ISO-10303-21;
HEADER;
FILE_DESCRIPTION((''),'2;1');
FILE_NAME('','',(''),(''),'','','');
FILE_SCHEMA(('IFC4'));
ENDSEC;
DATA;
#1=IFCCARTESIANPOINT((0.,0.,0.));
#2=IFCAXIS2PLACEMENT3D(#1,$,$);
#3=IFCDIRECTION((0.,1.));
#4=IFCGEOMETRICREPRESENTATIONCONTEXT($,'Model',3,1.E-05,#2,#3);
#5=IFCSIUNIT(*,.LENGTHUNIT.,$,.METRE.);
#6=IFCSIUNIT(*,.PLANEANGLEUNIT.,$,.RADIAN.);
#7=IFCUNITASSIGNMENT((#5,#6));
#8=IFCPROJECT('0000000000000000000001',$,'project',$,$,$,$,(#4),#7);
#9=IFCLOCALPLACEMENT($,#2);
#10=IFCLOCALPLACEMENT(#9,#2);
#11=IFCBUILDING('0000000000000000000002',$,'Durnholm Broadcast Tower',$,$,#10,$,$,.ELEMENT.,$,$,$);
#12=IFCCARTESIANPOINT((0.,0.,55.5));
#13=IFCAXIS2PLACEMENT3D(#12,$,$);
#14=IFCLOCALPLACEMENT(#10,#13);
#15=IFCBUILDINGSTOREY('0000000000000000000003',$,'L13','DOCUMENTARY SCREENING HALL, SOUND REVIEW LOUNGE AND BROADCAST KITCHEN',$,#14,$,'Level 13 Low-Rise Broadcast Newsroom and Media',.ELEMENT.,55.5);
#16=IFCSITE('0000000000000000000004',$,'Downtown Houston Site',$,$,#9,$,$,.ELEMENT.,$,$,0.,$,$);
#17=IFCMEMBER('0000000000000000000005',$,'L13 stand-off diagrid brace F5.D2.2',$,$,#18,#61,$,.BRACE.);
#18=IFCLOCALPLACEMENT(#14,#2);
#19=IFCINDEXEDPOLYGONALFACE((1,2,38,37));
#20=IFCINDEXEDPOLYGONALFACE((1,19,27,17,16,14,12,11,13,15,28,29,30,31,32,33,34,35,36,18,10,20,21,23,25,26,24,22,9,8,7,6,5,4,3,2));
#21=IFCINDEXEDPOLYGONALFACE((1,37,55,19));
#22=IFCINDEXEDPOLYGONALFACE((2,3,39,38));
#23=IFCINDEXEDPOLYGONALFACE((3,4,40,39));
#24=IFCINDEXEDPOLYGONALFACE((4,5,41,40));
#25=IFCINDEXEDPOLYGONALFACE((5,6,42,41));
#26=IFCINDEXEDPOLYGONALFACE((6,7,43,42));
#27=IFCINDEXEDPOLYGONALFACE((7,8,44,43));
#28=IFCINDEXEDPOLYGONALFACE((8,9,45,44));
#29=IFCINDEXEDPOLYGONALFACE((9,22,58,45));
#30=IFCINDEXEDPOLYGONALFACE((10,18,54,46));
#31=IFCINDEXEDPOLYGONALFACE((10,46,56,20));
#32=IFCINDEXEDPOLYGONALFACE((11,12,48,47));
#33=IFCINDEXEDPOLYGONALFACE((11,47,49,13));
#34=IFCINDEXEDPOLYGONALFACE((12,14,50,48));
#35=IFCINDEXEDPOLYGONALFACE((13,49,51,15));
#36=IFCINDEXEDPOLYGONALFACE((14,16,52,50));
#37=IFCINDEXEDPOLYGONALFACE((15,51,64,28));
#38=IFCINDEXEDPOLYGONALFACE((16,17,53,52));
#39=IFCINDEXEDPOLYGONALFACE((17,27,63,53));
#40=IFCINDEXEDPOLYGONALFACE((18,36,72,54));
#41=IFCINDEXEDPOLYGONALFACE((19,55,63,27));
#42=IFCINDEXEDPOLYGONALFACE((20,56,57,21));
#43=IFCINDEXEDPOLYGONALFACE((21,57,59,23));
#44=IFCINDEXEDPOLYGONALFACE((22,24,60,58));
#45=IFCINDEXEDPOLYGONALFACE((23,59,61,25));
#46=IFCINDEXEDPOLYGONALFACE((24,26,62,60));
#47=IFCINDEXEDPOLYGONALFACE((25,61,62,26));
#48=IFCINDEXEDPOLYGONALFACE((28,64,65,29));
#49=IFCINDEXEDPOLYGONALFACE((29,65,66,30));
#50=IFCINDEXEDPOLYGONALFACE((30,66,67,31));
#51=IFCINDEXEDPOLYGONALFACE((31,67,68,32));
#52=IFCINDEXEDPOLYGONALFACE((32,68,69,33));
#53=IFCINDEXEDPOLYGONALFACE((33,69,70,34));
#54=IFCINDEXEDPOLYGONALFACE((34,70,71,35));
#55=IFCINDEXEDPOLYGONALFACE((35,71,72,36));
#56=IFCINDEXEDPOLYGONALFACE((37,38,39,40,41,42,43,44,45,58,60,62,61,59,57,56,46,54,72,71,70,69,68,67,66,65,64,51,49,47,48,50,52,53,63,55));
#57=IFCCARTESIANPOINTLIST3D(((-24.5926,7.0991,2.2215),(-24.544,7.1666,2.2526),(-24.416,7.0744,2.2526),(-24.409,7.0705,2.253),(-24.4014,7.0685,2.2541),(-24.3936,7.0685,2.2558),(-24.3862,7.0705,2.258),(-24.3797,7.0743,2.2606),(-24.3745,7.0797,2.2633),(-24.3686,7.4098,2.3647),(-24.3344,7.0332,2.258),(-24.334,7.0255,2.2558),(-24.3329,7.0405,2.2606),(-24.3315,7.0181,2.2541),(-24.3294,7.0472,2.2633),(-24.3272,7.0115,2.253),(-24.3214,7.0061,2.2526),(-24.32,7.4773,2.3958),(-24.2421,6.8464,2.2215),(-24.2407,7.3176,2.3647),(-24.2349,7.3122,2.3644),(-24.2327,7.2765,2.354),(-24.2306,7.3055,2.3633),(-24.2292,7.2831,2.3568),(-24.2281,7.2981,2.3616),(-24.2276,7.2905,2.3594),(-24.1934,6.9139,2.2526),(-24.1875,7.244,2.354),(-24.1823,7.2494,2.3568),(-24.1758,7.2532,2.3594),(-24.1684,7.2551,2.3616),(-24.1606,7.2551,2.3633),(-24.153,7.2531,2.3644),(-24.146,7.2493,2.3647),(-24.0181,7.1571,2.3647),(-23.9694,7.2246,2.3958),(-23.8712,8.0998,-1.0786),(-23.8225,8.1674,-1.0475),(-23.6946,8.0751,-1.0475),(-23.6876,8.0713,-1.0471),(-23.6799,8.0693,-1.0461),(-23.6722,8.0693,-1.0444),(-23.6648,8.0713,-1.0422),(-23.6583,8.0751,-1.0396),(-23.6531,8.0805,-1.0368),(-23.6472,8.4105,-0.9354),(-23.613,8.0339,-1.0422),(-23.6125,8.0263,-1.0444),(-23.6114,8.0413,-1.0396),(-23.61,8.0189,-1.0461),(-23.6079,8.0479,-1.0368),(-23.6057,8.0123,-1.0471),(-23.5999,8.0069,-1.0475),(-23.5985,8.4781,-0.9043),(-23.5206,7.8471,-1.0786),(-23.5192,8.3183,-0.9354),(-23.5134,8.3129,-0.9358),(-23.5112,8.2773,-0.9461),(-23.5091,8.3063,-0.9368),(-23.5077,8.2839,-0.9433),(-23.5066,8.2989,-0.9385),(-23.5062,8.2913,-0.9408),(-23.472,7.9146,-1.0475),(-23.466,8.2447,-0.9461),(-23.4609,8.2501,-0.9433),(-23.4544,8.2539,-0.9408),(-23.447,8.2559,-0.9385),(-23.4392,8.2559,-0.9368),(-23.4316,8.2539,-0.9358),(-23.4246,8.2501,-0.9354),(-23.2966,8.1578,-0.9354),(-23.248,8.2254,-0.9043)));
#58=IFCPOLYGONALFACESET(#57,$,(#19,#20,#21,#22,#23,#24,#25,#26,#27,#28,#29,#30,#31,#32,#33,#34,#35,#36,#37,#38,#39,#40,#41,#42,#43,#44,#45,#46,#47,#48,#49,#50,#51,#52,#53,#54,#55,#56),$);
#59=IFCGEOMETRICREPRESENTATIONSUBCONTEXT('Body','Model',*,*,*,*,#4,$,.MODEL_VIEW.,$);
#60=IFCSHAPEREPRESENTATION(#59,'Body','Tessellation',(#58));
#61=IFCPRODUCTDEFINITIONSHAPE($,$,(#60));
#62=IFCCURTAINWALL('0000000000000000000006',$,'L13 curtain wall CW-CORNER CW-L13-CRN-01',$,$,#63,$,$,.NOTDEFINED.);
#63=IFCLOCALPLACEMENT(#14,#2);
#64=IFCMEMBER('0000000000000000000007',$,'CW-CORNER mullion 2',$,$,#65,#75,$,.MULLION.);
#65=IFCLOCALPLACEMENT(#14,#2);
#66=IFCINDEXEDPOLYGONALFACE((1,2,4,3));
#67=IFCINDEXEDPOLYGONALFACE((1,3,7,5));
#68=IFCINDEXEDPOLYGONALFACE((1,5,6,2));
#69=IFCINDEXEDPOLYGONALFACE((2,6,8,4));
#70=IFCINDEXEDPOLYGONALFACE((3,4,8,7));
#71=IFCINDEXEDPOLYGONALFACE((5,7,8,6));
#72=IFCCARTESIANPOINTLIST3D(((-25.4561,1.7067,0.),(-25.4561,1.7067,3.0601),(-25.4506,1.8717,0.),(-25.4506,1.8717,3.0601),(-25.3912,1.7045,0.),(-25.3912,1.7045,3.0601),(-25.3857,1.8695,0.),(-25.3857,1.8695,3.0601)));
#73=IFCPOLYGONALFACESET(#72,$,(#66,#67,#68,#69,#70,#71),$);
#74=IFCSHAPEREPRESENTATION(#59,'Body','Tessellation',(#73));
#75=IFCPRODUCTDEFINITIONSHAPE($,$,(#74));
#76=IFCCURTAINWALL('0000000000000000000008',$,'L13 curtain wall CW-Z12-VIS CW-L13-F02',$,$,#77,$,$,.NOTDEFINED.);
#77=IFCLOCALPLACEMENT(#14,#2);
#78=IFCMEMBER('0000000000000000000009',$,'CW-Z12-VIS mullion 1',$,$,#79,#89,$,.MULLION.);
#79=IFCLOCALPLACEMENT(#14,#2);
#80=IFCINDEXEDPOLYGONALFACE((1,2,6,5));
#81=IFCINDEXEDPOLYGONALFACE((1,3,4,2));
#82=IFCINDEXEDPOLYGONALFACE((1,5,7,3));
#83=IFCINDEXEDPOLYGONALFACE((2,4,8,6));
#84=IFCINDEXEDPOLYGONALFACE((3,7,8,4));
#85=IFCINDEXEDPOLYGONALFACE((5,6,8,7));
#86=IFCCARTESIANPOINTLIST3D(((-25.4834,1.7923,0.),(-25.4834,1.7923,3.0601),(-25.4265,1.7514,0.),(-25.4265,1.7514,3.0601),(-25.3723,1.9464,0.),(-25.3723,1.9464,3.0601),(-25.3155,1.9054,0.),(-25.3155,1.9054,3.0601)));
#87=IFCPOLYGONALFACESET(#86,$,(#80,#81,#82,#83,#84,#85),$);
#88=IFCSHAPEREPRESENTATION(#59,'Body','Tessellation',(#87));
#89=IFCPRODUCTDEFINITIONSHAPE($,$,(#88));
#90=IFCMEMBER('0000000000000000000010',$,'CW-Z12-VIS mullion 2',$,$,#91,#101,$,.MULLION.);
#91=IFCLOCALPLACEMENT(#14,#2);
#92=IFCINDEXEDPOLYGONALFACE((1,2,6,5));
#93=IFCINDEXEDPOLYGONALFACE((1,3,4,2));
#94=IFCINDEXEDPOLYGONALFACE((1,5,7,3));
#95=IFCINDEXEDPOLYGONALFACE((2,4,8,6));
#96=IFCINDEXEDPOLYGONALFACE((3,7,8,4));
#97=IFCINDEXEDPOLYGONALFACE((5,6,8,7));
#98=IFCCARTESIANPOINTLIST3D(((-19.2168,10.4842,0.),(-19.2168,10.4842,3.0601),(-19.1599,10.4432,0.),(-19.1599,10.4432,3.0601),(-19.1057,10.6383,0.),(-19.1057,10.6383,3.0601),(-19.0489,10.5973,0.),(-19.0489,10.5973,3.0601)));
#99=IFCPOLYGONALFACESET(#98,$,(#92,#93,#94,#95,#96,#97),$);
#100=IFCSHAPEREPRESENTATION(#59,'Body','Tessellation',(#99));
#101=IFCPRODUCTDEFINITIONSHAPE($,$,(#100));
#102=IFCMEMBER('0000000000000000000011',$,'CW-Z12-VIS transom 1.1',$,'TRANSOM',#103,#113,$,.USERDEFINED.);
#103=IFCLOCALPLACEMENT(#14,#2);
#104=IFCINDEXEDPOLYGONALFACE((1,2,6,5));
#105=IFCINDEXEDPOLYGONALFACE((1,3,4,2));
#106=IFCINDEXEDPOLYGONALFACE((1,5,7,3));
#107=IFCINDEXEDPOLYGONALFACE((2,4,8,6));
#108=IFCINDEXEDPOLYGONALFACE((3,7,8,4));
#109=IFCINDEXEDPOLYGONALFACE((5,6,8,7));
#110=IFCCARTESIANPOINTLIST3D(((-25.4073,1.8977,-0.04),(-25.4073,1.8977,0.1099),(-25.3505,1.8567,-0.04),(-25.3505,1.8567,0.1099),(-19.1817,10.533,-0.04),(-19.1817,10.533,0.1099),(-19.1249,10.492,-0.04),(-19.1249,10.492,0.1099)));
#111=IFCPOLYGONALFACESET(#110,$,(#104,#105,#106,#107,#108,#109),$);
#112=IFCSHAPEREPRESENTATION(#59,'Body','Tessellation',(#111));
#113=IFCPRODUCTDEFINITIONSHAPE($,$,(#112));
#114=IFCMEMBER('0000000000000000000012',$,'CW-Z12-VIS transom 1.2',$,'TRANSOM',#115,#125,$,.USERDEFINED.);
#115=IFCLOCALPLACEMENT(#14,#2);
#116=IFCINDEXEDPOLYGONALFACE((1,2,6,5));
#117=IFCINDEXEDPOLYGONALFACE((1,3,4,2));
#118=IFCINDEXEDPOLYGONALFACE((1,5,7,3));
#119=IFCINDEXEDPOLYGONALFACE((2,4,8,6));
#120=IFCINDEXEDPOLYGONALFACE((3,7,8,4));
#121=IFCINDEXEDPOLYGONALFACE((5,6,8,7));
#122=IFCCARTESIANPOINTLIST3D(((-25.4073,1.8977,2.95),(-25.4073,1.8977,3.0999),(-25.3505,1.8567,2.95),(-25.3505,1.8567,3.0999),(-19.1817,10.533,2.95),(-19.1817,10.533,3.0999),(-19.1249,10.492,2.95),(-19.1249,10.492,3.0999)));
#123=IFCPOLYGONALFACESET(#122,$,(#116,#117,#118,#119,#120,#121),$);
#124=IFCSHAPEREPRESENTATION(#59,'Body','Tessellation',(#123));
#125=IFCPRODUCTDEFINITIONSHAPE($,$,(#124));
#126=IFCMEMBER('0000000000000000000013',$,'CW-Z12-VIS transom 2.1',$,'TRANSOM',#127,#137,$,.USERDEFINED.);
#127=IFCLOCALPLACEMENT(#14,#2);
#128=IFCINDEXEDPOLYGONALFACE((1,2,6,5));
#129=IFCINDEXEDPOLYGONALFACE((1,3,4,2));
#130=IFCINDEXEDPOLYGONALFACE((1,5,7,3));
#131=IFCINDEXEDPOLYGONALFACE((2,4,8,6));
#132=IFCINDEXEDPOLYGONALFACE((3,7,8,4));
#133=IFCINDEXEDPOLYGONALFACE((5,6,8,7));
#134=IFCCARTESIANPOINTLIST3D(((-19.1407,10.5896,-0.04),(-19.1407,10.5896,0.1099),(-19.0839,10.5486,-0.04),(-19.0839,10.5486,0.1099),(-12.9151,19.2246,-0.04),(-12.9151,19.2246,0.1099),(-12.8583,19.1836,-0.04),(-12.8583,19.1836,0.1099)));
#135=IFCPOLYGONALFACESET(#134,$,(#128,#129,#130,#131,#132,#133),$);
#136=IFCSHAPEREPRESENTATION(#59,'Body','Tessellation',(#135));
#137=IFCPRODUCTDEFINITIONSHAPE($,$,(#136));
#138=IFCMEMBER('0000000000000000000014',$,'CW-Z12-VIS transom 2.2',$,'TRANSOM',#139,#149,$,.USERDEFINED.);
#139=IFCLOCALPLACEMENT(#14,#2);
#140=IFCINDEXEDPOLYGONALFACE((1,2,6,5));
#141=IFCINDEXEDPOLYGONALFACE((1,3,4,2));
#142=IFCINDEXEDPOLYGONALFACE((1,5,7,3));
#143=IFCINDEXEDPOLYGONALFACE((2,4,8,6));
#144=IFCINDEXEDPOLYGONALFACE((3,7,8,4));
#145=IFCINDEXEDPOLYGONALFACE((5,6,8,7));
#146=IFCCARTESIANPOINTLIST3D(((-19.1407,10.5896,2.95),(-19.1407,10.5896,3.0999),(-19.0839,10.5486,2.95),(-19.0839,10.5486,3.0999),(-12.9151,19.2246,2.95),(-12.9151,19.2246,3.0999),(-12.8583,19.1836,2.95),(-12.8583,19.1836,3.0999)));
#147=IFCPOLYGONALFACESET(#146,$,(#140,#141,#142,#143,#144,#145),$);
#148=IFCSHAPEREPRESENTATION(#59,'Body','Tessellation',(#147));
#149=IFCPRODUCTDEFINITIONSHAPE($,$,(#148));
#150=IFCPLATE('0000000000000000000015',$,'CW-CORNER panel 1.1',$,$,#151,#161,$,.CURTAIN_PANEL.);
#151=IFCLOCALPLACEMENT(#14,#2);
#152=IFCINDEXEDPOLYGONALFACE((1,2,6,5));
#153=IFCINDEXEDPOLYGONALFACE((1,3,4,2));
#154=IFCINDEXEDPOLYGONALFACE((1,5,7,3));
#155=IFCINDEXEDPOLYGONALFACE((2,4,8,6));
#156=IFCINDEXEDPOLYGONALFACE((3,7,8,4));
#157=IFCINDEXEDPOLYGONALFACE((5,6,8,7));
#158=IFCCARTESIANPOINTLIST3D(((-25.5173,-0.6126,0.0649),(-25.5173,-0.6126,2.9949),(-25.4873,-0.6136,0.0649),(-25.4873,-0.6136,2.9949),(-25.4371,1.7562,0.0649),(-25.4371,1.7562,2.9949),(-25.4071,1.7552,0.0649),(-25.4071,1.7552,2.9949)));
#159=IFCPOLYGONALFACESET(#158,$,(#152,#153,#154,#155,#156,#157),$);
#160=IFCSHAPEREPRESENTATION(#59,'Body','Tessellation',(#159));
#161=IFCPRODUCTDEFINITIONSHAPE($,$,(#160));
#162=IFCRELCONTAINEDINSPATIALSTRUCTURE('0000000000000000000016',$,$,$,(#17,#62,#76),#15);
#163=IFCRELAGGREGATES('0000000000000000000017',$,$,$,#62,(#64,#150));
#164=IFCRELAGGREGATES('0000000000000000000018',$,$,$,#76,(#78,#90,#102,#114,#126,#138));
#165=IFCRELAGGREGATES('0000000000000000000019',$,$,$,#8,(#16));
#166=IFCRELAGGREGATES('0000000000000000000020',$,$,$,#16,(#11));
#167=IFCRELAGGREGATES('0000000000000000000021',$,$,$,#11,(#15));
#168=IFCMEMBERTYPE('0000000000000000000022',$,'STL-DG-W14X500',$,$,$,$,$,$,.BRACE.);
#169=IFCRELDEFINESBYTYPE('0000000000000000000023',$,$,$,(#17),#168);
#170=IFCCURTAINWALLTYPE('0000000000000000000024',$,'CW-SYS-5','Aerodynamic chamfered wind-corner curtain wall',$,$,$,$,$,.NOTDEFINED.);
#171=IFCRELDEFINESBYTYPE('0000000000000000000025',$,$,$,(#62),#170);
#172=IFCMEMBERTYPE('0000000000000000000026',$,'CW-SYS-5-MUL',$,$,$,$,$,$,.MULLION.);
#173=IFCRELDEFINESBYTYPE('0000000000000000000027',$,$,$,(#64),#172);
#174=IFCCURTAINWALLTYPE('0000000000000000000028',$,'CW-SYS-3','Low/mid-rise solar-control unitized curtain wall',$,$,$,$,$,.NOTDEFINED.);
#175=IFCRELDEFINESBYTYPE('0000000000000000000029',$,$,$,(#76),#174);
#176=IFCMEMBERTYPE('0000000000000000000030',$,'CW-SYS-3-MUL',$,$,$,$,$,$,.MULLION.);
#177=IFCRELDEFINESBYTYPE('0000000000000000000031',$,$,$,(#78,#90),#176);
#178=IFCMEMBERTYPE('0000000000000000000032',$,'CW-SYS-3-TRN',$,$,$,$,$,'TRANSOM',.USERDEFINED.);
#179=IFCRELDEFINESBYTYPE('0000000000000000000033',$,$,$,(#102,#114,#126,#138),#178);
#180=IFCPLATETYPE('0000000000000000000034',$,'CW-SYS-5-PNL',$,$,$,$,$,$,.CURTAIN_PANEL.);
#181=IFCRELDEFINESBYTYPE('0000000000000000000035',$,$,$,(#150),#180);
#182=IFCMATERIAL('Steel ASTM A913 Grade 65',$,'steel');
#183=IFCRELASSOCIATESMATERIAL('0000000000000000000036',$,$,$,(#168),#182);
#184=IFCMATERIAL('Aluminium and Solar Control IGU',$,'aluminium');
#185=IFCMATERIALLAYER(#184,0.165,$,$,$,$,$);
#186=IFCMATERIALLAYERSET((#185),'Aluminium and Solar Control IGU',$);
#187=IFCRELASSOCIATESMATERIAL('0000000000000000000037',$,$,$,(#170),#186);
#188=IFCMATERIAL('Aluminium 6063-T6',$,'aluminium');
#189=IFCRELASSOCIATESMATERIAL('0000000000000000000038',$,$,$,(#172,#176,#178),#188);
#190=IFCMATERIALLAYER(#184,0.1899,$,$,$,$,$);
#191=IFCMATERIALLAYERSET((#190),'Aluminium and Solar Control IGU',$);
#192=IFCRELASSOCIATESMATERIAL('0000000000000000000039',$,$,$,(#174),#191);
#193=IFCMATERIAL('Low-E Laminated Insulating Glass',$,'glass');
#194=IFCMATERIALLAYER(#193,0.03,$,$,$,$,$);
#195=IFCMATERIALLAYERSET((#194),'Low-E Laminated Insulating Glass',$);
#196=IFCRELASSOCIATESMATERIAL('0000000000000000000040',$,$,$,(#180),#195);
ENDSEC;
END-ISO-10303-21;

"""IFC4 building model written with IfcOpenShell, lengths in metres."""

from ifc_helpers import new_model, si_unit, direction, frame, origin, origin_2d, place, context, subcontext, project, spatial, rectangle, i_section, extrude, source, transform, mapped, material, layer, layer_set, material_profile, profile_set, type_object, type_shapes, element, aggregate, save


model = new_model("IFC4")

# Units and contexts
model_context = context("Model", 3, precision=1e-05, world=origin(), true_north=direction((0.0, 1.0)))
body_context = subcontext(model_context, "Body", "Model", "MODEL_VIEW")
ifc_project = project(units=[si_unit("LENGTHUNIT", "METRE"), si_unit("PLANEANGLEUNIT", "RADIAN")], contexts=[model_context])

# Site, building, storey
site_placement = place(None, origin())
site = spatial("IfcSite", under=ifc_project, at=site_placement, Name="Downtown Houston Site", CompositionType="ELEMENT", RefElevation=0.0)
building_placement = place(site_placement, origin())
building = spatial("IfcBuilding", under=site, at=building_placement, Name="Durnholm Broadcast Tower", CompositionType="ELEMENT")
storey_placement = place(building_placement, frame((0.0, 0.0, 55.5)))
storey = spatial("IfcBuildingStorey", under=building, at=storey_placement, Name="L13", Description="DOCUMENTARY SCREENING HALL, SOUND REVIEW LOUNGE AND BROADCAST KITCHEN", LongName="Level 13 Low-Rise Broadcast Newsroom and Media", CompositionType="ELEMENT", Elevation=55.5)

# Member
ifc_material_1 = material(Name="Steel ASTM A913 Grade 65", Category="steel")
ifc_material_profile_1 = material_profile(ifc_material_1, i_section(OverallWidth=0.4321, OverallDepth=0.4978, WebThickness=0.0557, FlangeThickness=0.0889, FilletRadius=0.0305, at=origin_2d()), Name="W14X500")
ifc_profile_set_1 = profile_set([ifc_material_profile_1], Name="Steel ASTM A913 Grade 65")
member_type_1 = type_object("IfcMemberType", Name="STL-DG-W14X500", PredefinedType="BRACE", material=ifc_profile_set_1)
shared_shape_1 = source(origin(), body_context, "Body", "SweptSolid", [
    extrude(i_section(OverallWidth=0.4321, OverallDepth=0.4978, WebThickness=0.0557, FlangeThickness=0.0889, FilletRadius=0.0305, at=origin_2d()), origin(), (0.0, 0.0, 1.0), 3.5232),
])
type_shapes(member_type_1, [shared_shape_1])
for number, where, z_axis, x_axis, name in (
    (1, (-23.5596, 8.1626, -0.9915), (-0.204773, -0.284049, 0.936688), (0.811185, -0.584789, 0.0), "L13 stand-off diagrid brace F5.D2.2"),
):
    element("IfcMember", number, at=place(storey_placement, frame(where, z_axis=z_axis, x_axis=x_axis)), inside=storey, type_object=member_type_1, Name=name, PredefinedType="BRACE", context=body_context, shape_type="MappedRepresentation", body=[
        mapped(shared_shape_1, transform((0.0, 0.0, 0.0), x_axis=(1.0, 0.0, 0.0), y_axis=(0.0, 1.0, 0.0), z_axis=(0.0, 0.0, 1.0), scale=1.0)),
    ])

# Curtain wall, member
ifc_material_2 = material(Name="Aluminium and Solar Control IGU", Category="aluminium")
ifc_layer_1 = layer(ifc_material_2, 0.165)
ifc_layer_set_1 = layer_set([ifc_layer_1], Name="Aluminium and Solar Control IGU")
curtain_wall_type_1 = type_object("IfcCurtainWallType", Name="CW-SYS-5", Description="Aerodynamic chamfered wind-corner curtain wall", PredefinedType="NOTDEFINED", material=ifc_layer_set_1)
curtain_wall_1_placement = place(storey_placement, origin())
curtain_wall_1 = element("IfcCurtainWall", 2, at=curtain_wall_1_placement, inside=storey, type_object=curtain_wall_type_1, Name="L13 curtain wall CW-CORNER CW-L13-CRN-01", PredefinedType="NOTDEFINED")
ifc_material_3 = material(Name="Aluminium 6063-T6", Category="aluminium")
ifc_material_profile_2 = material_profile(ifc_material_3, rectangle(XDim=0.0649, YDim=0.165, at=origin_2d()), Name="CWM65X165")
ifc_profile_set_2 = profile_set([ifc_material_profile_2], Name="Aluminium 6063-T6")
member_type_2 = type_object("IfcMemberType", Name="CW-SYS-5-MUL", PredefinedType="MULLION", material=ifc_profile_set_2)
shared_shape_2 = source(origin(), body_context, "Body", "SweptSolid", [
    extrude(rectangle(XDim=0.0649, YDim=0.165, at=origin_2d()), origin(), (0.0, 0.0, 1.0), 3.0601),
])
type_shapes(member_type_2, [shared_shape_2])
member_1_placement = place(storey_placement, frame((-25.4209, 1.7881, 0.0), z_axis=(0.0, 0.0, 1.0), x_axis=(-0.999427, 0.03384, 0.0)))
member_1 = element("IfcMember", 3, at=member_1_placement, type_object=member_type_2, Name="CW-CORNER mullion 2", PredefinedType="MULLION", context=body_context, shape_type="MappedRepresentation", body=[
    mapped(shared_shape_2, transform((0.0, 0.0, 0.0), x_axis=(1.0, 0.0, 0.0), y_axis=(0.0, 1.0, 0.0), z_axis=(0.0, 0.0, 1.0), scale=1.0)),
])

# Curtain wall, members
ifc_layer_2 = layer(ifc_material_2, 0.1899)
ifc_layer_set_2 = layer_set([ifc_layer_2], Name="Aluminium and Solar Control IGU")
curtain_wall_type_2 = type_object("IfcCurtainWallType", Name="CW-SYS-3", Description="Low/mid-rise solar-control unitized curtain wall", PredefinedType="NOTDEFINED", material=ifc_layer_set_2)
curtain_wall_2_placement = place(storey_placement, origin())
curtain_wall_2 = element("IfcCurtainWall", 4, at=curtain_wall_2_placement, inside=storey, type_object=curtain_wall_type_2, Name="L13 curtain wall CW-Z12-VIS CW-L13-F02", PredefinedType="NOTDEFINED")
ifc_material_profile_3 = material_profile(ifc_material_3, rectangle(XDim=0.0701, YDim=0.1899, at=origin_2d()), Name="CWM70X190")
ifc_profile_set_3 = profile_set([ifc_material_profile_3], Name="Aluminium 6063-T6")
member_type_3 = type_object("IfcMemberType", Name="CW-SYS-3-MUL", PredefinedType="MULLION", material=ifc_profile_set_3)
shared_shape_3 = source(origin(), body_context, "Body", "SweptSolid", [
    extrude(rectangle(XDim=0.0701, YDim=0.1899, at=origin_2d()), origin(), (0.0, 0.0, 1.0), 3.0601),
])
type_shapes(member_type_3, [shared_shape_3])
member_2_placement = place(storey_placement, frame((-25.3994, 1.8489, 0.0), z_axis=(0.0, 0.0, 1.0), x_axis=(-0.811161, 0.584823, 0.0)))
member_2 = element("IfcMember", 5, at=member_2_placement, type_object=member_type_3, Name="CW-Z12-VIS mullion 1", PredefinedType="MULLION", context=body_context, shape_type="MappedRepresentation", body=[
    mapped(shared_shape_3, transform((0.0, 0.0, 0.0), x_axis=(1.0, 0.0, 0.0), y_axis=(0.0, 1.0, 0.0), z_axis=(0.0, 0.0, 1.0), scale=1.0)),
])
member_3_placement = place(storey_placement, frame((-19.1328, 10.5408, 0.0), z_axis=(0.0, 0.0, 1.0), x_axis=(-0.811161, 0.584823, 0.0)))
member_3 = element("IfcMember", 6, at=member_3_placement, type_object=member_type_3, Name="CW-Z12-VIS mullion 2", PredefinedType="MULLION", context=body_context, shape_type="MappedRepresentation", body=[
    mapped(shared_shape_3, transform((0.0, 0.0, 0.0), x_axis=(1.0, 0.0, 0.0), y_axis=(0.0, 1.0, 0.0), z_axis=(0.0, 0.0, 1.0), scale=1.0)),
])
ifc_material_profile_4 = material_profile(ifc_material_3, rectangle(XDim=0.0701, YDim=0.1499, at=origin_2d()), Name="CWT70X150")
ifc_profile_set_4 = profile_set([ifc_material_profile_4], Name="Aluminium 6063-T6")
member_type_4 = type_object("IfcMemberType", Name="CW-SYS-3-TRN", ElementType="TRANSOM", PredefinedType="USERDEFINED", material=ifc_profile_set_4)
shared_shape_4 = source(origin(), body_context, "Body", "SweptSolid", [
    extrude(rectangle(XDim=0.0701, YDim=0.1499, at=origin_2d()), origin(), (0.0, 0.0, 1.0), 10.6455),
])
member_4_placement = place(storey_placement, frame((-25.3789, 1.8772, 0.0349), z_axis=(0.584812, 0.811169, 0.0), x_axis=(-0.811169, 0.584812, 0.0)))
member_4 = element("IfcMember", 7, at=member_4_placement, type_object=member_type_4, Name="CW-Z12-VIS transom 1.1", ObjectType="TRANSOM", PredefinedType="USERDEFINED", context=body_context, shape_type="MappedRepresentation", body=[
    mapped(shared_shape_4, transform((0.0, 0.0, 0.0), x_axis=(1.0, 0.0, 0.0), y_axis=(0.0, 1.0, 0.0), z_axis=(0.0, 0.0, 1.0), scale=1.0)),
])
member_5_placement = place(storey_placement, frame((-25.3789, 1.8772, 3.0249), z_axis=(0.584812, 0.811169, 0.0), x_axis=(-0.811169, 0.584812, 0.0)))
member_5 = element("IfcMember", 8, at=member_5_placement, type_object=member_type_4, Name="CW-Z12-VIS transom 1.2", ObjectType="TRANSOM", PredefinedType="USERDEFINED", context=body_context, shape_type="MappedRepresentation", body=[
    mapped(shared_shape_4, transform((0.0, 0.0, 0.0), x_axis=(1.0, 0.0, 0.0), y_axis=(0.0, 1.0, 0.0), z_axis=(0.0, 0.0, 1.0), scale=1.0)),
])
shared_shape_5 = source(origin(), body_context, "Body", "SweptSolid", [
    extrude(rectangle(XDim=0.0701, YDim=0.1499, at=origin_2d()), origin(), (0.0, 0.0, 1.0), 10.6453),
])
type_shapes(member_type_4, [shared_shape_4, shared_shape_5])
member_6_placement = place(storey_placement, frame((-19.1123, 10.5691, 0.0349), z_axis=(0.584823, 0.811161, 0.0), x_axis=(-0.811161, 0.584823, 0.0)))
member_6 = element("IfcMember", 9, at=member_6_placement, type_object=member_type_4, Name="CW-Z12-VIS transom 2.1", ObjectType="TRANSOM", PredefinedType="USERDEFINED", context=body_context, shape_type="MappedRepresentation", body=[
    mapped(shared_shape_5, transform((0.0, 0.0, 0.0), x_axis=(1.0, 0.0, 0.0), y_axis=(0.0, 1.0, 0.0), z_axis=(0.0, 0.0, 1.0), scale=1.0)),
])
member_7_placement = place(storey_placement, frame((-19.1123, 10.5691, 3.0249), z_axis=(0.584823, 0.811161, 0.0), x_axis=(-0.811161, 0.584823, 0.0)))
member_7 = element("IfcMember", 10, at=member_7_placement, type_object=member_type_4, Name="CW-Z12-VIS transom 2.2", ObjectType="TRANSOM", PredefinedType="USERDEFINED", context=body_context, shape_type="MappedRepresentation", body=[
    mapped(shared_shape_5, transform((0.0, 0.0, 0.0), x_axis=(1.0, 0.0, 0.0), y_axis=(0.0, 1.0, 0.0), z_axis=(0.0, 0.0, 1.0), scale=1.0)),
])

# Plate
ifc_material_4 = material(Name="Low-E Laminated Insulating Glass", Category="glass")
ifc_layer_3 = layer(ifc_material_4, 0.03)
ifc_layer_set_3 = layer_set([ifc_layer_3], Name="Low-E Laminated Insulating Glass")
plate_type_1 = type_object("IfcPlateType", Name="CW-SYS-5-PNL", PredefinedType="CURTAIN_PANEL", material=ifc_layer_set_3)
shared_shape_6 = source(origin(), body_context, "Body", "SweptSolid", [
    extrude(rectangle(XDim=2.3701, YDim=0.03, at=origin_2d()), origin(), (0.0, 0.0, 1.0), 2.9299),
])
type_shapes(plate_type_1, [shared_shape_6])
plate_1_placement = place(storey_placement, frame((-25.4622, 0.5713, 0.0649), z_axis=(0.0, 0.0, 1.0), x_axis=(0.03384, 0.999427, 0.0)))
plate_1 = element("IfcPlate", 11, at=plate_1_placement, type_object=plate_type_1, Name="CW-CORNER panel 1.1", PredefinedType="CURTAIN_PANEL", context=body_context, shape_type="MappedRepresentation", body=[
    mapped(shared_shape_6, transform((0.0, 0.0, 0.0), x_axis=(1.0, 0.0, 0.0), y_axis=(0.0, 1.0, 0.0), z_axis=(0.0, 0.0, 1.0), scale=1.0)),
])
aggregate(curtain_wall_1, [member_1, plate_1])
aggregate(curtain_wall_2, [member_2, member_3, member_4, member_5, member_6, member_7])

save(model, "model.ifc")
